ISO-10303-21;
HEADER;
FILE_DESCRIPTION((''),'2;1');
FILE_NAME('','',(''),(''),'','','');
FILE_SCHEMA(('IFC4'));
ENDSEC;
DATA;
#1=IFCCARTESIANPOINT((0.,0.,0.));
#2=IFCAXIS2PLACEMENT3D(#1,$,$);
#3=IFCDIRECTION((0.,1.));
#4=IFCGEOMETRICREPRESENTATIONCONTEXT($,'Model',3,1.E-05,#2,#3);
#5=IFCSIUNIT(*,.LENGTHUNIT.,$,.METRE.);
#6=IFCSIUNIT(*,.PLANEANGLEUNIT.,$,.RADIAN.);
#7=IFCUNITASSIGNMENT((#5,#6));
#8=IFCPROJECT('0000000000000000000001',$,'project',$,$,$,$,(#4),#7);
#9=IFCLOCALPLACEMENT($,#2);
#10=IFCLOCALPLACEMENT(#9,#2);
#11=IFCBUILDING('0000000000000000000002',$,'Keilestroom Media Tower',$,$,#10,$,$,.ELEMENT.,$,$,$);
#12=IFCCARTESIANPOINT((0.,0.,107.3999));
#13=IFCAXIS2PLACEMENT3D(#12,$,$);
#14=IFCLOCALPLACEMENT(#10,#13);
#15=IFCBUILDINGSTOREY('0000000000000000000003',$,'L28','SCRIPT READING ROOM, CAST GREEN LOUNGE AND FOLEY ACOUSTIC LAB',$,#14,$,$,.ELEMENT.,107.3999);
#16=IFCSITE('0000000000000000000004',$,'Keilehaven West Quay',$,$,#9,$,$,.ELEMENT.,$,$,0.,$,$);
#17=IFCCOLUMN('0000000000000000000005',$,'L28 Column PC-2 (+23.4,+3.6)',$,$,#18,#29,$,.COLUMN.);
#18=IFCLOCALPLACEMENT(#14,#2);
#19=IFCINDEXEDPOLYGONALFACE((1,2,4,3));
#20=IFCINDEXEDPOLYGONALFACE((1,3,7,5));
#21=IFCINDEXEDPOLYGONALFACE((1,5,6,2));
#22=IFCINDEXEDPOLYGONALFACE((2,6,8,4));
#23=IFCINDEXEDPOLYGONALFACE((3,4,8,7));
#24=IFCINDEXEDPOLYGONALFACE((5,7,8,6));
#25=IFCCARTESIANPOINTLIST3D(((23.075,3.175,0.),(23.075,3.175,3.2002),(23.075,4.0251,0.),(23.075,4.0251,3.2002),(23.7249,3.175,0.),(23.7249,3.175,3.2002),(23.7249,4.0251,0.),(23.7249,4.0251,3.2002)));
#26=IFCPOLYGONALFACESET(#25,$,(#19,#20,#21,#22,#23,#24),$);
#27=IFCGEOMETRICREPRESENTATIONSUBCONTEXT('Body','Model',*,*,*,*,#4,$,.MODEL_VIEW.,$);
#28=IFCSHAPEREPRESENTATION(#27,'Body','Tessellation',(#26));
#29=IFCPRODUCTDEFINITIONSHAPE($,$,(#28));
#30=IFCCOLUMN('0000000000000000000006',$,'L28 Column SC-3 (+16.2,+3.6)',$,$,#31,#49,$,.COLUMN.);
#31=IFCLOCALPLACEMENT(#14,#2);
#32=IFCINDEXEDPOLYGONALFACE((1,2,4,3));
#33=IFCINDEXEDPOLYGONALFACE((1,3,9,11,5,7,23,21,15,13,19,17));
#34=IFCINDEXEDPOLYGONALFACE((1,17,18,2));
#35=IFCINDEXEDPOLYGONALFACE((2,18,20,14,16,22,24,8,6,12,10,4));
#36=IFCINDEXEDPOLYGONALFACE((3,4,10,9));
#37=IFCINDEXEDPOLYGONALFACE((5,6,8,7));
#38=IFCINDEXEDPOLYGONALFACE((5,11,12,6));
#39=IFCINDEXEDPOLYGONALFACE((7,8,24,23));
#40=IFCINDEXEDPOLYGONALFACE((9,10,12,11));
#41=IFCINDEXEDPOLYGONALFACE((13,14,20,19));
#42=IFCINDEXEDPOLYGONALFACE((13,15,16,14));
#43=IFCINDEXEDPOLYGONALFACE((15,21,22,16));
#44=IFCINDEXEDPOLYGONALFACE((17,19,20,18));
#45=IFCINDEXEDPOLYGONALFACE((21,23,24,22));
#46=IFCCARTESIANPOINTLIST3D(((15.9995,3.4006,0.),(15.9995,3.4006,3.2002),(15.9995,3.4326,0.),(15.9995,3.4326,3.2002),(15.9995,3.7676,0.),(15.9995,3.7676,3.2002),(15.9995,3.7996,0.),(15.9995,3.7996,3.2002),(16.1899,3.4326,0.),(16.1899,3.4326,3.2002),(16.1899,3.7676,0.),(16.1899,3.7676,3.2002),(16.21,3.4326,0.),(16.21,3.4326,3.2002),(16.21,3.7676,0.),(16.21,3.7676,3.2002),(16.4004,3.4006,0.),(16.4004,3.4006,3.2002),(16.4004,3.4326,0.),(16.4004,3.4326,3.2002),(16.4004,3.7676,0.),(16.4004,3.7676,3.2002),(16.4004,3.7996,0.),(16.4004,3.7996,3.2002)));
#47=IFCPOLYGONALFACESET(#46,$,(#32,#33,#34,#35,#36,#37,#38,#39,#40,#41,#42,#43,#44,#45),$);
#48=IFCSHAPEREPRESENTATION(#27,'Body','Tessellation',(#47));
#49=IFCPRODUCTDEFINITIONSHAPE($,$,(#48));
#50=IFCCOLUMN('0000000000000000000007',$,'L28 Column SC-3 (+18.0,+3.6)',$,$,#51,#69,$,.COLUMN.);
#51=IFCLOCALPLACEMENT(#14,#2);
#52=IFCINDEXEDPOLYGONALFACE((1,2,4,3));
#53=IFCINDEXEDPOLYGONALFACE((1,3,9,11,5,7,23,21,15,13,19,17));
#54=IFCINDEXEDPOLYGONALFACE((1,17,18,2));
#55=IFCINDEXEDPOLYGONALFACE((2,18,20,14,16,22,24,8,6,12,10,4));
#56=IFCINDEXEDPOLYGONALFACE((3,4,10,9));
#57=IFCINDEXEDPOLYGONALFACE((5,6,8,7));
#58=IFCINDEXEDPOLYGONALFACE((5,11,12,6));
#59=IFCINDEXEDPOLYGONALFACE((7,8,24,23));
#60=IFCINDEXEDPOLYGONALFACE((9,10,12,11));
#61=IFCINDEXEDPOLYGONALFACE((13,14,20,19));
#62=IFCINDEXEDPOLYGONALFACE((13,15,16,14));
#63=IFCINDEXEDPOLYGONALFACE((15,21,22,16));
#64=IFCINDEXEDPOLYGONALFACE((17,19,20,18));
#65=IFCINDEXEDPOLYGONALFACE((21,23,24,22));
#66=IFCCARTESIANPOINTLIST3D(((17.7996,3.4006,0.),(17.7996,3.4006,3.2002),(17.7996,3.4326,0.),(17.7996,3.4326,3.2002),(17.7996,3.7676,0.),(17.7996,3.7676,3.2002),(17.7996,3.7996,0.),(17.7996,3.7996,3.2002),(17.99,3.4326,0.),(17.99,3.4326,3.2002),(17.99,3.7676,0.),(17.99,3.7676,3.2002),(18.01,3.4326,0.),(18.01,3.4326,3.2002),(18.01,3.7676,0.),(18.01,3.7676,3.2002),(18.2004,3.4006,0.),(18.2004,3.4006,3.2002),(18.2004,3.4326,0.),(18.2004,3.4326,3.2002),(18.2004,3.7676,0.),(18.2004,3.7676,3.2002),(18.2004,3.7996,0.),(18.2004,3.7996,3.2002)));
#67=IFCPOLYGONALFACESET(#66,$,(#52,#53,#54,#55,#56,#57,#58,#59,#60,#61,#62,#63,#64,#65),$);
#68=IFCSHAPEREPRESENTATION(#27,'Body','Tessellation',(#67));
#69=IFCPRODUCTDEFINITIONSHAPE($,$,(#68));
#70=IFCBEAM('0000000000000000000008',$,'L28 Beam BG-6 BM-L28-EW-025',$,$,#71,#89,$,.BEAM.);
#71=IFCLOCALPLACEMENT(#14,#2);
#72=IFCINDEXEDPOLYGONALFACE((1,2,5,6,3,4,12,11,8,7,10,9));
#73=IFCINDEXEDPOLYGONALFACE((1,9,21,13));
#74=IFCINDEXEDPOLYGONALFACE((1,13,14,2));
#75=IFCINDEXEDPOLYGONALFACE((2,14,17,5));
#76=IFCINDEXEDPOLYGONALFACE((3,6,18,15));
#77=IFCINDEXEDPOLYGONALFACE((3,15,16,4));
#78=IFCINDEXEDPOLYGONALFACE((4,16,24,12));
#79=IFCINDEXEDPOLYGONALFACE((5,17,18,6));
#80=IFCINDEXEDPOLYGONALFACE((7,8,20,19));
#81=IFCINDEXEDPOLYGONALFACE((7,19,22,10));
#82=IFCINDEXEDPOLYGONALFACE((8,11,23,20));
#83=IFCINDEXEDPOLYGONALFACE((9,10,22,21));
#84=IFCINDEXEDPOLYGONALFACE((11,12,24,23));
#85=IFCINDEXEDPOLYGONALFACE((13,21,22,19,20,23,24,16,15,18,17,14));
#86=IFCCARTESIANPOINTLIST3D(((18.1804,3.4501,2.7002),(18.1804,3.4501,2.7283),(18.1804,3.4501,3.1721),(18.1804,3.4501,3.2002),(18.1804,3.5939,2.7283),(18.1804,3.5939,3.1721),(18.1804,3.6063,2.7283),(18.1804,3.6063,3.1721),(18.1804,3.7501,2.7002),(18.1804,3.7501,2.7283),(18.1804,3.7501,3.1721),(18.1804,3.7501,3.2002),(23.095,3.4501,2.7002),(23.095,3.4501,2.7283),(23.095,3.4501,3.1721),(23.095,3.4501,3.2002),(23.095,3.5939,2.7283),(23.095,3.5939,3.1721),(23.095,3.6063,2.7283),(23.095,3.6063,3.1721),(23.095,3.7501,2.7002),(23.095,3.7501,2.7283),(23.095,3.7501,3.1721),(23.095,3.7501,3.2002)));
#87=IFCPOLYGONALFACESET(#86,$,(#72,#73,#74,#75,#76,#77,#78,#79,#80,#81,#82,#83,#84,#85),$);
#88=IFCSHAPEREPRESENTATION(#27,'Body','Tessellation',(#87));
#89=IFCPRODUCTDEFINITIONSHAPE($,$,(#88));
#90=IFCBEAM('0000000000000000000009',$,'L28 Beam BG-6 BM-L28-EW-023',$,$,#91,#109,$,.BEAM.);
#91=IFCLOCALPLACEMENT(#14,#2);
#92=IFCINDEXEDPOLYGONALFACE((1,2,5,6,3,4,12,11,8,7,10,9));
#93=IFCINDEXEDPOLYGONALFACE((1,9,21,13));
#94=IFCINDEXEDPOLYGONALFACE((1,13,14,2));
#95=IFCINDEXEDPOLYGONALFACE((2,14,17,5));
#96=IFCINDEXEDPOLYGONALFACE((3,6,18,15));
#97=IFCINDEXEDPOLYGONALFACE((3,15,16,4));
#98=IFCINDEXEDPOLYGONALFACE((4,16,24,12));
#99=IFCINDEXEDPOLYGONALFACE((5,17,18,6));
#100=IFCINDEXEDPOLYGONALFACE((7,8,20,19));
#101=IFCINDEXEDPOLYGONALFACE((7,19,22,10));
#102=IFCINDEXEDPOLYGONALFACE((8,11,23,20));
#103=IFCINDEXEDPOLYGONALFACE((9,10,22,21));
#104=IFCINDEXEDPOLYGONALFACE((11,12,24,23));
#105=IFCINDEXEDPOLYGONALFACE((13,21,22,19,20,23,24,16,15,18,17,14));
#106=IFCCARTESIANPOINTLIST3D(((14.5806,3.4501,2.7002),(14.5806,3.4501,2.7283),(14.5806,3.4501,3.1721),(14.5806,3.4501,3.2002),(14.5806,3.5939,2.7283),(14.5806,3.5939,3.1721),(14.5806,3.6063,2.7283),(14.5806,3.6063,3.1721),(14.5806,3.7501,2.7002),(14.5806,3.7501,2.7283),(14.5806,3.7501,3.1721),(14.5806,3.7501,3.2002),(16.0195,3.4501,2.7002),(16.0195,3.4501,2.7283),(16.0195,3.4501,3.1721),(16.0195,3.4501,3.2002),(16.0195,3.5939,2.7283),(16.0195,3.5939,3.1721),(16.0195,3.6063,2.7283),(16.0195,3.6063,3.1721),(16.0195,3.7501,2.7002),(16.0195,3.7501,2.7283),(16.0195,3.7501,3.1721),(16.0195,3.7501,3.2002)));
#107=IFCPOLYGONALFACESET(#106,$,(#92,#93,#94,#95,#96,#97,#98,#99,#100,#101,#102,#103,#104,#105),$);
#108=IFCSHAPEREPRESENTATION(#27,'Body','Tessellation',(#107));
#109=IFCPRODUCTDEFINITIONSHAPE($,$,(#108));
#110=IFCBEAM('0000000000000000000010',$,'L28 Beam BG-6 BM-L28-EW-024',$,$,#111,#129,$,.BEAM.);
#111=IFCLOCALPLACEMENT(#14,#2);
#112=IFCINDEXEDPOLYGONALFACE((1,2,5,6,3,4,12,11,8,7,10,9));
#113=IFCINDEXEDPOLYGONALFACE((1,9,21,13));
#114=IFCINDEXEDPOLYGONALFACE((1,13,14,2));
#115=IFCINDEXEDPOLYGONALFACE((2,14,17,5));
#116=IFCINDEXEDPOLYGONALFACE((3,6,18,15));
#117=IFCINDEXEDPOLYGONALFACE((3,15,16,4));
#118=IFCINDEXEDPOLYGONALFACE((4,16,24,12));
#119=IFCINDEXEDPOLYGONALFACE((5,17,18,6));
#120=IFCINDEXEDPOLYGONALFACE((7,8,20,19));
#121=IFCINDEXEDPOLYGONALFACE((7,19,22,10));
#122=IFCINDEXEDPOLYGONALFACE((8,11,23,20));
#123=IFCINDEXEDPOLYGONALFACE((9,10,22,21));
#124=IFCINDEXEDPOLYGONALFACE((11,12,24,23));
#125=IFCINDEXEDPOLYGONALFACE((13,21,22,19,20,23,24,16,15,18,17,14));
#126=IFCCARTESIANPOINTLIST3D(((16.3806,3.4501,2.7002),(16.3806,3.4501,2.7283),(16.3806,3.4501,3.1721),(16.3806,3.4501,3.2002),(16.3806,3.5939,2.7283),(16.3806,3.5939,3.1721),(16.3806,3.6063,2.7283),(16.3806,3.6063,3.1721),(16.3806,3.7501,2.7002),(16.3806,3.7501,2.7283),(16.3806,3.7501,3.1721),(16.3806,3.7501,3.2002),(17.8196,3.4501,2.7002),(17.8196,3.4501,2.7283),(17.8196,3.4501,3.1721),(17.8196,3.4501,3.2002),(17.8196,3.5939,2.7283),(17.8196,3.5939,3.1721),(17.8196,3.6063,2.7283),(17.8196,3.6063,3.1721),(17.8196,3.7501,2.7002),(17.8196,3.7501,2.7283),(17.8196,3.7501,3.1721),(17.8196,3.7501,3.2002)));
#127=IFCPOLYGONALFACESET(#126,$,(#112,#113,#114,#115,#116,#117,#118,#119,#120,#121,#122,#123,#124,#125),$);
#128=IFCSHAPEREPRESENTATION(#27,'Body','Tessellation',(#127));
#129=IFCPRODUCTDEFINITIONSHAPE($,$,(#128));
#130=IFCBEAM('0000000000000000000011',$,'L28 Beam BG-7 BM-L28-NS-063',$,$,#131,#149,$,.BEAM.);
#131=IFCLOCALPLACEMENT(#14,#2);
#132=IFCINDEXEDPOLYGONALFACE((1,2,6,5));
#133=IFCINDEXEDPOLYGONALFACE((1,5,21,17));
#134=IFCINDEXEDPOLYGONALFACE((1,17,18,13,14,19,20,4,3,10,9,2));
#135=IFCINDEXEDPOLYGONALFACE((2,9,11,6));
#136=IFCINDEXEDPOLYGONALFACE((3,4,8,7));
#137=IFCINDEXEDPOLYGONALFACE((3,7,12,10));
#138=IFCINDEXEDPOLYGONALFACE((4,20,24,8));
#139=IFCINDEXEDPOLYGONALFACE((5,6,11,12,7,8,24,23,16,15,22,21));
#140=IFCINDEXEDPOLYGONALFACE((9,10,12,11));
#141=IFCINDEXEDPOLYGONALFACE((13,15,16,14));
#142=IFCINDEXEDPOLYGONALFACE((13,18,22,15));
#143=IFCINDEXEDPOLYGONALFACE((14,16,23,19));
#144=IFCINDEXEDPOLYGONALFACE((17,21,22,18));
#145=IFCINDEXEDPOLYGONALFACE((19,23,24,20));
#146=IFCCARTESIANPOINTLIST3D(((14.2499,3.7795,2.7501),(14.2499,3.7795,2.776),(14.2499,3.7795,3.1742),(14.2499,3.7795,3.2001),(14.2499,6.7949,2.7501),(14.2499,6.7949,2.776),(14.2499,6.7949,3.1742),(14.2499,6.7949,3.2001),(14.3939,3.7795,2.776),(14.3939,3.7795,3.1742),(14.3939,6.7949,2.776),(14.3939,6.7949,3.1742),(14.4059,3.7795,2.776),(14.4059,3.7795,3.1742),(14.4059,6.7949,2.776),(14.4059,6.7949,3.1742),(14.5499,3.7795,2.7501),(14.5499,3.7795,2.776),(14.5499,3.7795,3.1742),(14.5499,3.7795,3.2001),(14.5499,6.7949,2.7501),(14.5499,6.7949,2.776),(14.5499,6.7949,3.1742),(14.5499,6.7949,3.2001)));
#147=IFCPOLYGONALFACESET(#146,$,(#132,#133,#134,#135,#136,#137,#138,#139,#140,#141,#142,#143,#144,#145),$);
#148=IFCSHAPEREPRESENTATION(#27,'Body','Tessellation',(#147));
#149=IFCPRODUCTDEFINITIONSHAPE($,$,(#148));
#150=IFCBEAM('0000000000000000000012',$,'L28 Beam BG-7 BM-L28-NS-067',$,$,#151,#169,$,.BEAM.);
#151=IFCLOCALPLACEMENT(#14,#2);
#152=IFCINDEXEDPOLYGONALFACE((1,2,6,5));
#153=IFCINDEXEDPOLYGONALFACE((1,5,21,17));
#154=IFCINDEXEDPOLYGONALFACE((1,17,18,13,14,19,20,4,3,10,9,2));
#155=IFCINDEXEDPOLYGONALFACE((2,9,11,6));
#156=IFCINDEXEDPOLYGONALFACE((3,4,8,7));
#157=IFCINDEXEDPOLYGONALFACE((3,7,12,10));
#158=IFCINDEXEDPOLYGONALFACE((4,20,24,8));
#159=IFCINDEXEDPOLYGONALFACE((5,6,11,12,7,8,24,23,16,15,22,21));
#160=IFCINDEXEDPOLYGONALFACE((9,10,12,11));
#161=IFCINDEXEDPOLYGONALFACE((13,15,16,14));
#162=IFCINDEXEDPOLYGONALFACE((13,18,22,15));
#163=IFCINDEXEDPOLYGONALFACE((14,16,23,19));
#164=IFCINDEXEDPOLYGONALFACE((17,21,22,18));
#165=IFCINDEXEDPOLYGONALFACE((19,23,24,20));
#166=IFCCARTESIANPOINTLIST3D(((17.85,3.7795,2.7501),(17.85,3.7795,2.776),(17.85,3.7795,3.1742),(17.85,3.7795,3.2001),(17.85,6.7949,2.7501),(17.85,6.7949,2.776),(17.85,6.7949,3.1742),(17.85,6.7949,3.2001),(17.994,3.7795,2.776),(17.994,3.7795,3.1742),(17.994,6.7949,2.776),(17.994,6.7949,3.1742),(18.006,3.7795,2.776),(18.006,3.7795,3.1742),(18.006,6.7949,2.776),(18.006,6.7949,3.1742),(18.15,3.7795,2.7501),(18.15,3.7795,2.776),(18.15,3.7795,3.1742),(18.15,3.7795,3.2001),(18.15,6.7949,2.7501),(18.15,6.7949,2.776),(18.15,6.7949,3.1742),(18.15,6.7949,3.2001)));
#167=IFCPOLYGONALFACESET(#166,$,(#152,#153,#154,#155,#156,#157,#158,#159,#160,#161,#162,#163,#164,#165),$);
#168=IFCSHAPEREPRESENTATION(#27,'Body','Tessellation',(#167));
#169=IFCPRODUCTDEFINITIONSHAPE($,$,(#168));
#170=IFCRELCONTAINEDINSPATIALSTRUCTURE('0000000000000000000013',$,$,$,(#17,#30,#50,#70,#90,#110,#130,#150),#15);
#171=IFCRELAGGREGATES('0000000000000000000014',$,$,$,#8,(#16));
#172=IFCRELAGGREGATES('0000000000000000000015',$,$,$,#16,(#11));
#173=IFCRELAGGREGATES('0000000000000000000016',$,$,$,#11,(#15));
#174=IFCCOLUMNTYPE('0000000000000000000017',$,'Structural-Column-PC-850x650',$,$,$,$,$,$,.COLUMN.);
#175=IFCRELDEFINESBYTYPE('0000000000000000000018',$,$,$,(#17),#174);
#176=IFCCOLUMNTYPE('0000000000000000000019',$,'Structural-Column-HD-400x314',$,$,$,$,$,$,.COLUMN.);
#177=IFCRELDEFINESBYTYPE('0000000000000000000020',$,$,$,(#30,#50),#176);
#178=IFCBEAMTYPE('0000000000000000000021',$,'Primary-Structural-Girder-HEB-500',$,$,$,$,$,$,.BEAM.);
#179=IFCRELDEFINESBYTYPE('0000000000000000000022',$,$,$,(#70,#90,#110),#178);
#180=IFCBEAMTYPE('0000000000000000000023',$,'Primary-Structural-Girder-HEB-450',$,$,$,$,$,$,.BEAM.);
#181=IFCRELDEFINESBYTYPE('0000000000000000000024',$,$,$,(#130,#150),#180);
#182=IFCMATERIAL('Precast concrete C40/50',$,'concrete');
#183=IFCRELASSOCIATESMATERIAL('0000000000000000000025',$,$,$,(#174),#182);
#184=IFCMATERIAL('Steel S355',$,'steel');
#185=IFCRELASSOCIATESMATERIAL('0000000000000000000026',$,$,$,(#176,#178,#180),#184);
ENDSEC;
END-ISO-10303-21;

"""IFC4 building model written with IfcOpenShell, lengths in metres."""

from ifc_helpers import new_model, si_unit, direction, frame, origin, origin_2d, place, context, subcontext, project, spatial, rectangle, i_section, extrude, source, transform, mapped, material, material_profile, profile_set, type_object, element, save


model = new_model("IFC4")

# Units and contexts
model_context = context("Model", 3, precision=1e-05, world=origin(), true_north=direction((0.0, 1.0)))
body_context = subcontext(model_context, "Body", "Model", "MODEL_VIEW")
ifc_project = project(units=[si_unit("LENGTHUNIT", "METRE"), si_unit("PLANEANGLEUNIT", "RADIAN")], contexts=[model_context])

# Site, building, storey
site_placement = place(None, origin())
site = spatial("IfcSite", under=ifc_project, at=site_placement, Name="Keilehaven West Quay", CompositionType="ELEMENT", RefElevation=0.0)
building_placement = place(site_placement, origin())
building = spatial("IfcBuilding", under=site, at=building_placement, Name="Keilestroom Media Tower", CompositionType="ELEMENT")
storey_placement = place(building_placement, frame((0.0, 0.0, 107.3999)))
storey = spatial("IfcBuildingStorey", under=building, at=storey_placement, Name="L28", Description="SCRIPT READING ROOM, CAST GREEN LOUNGE AND FOLEY ACOUSTIC LAB", CompositionType="ELEMENT", Elevation=107.3999)

# Columns
ifc_material_1 = material(Name="Precast concrete C40/50", Category="concrete")
ifc_material_profile_1 = material_profile(ifc_material_1, rectangle(XDim=0.6499, YDim=0.8501, at=origin_2d()), Name="PC 850x650")
ifc_profile_set_1 = profile_set([ifc_material_profile_1], Name="Precast concrete C40/50")
column_type_1 = type_object("IfcColumnType", Name="Structural-Column-PC-850x650", PredefinedType="COLUMN", material=ifc_profile_set_1)
shared_shape_1 = source(origin(), body_context, "Body", "SweptSolid", [
    extrude(rectangle(XDim=0.6499, YDim=0.8501, at=origin_2d()), origin(), (0.0, 0.0, 1.0), 3.2002),
])
column_placement = place(storey_placement, frame((23.3999, 3.6001, 0.0), z_axis=(0.0, 0.0, 1.0), x_axis=(1.0, 0.0, 0.0)))
element("IfcColumn", 1, at=column_placement, inside=storey, type_object=column_type_1, Name="L28 Column PC-2 (+23.4,+3.6)", PredefinedType="COLUMN", context=body_context, shape_type="MappedRepresentation", body=[
    mapped(shared_shape_1, transform((0.0, 0.0, 0.0), x_axis=(1.0, 0.0, 0.0), y_axis=(0.0, 1.0, 0.0), z_axis=(0.0, 0.0, 1.0), scale=1.0)),
])
ifc_material_2 = material(Name="Steel S355", Category="steel")
ifc_material_profile_2 = material_profile(ifc_material_2, i_section(OverallWidth=0.4009, OverallDepth=0.3989, WebThickness=0.02, FlangeThickness=0.032, at=origin_2d()), Name="HD 400x314")
ifc_profile_set_2 = profile_set([ifc_material_profile_2], Name="Steel S355")
column_type_2 = type_object("IfcColumnType", Name="Structural-Column-HD-400x314", PredefinedType="COLUMN", material=ifc_profile_set_2)
shared_shape_2 = source(origin(), body_context, "Body", "SweptSolid", [
    extrude(i_section(OverallWidth=0.4009, OverallDepth=0.3989, WebThickness=0.02, FlangeThickness=0.032, at=origin_2d()), origin(), (0.0, 0.0, 1.0), 3.2002),
])
for number, where, z_axis, x_axis, name in (
    (2, (16.2, 3.6001, 0.0), (0.0, 0.0, 1.0), (1.0, 0.0, 0.0), "L28 Column SC-3 (+16.2,+3.6)"),
    (3, (18.0, 3.6001, 0.0), (0.0, 0.0, 1.0), (1.0, 0.0, 0.0), "L28 Column SC-3 (+18.0,+3.6)"),
):
    element("IfcColumn", number, at=place(storey_placement, frame(where, z_axis=z_axis, x_axis=x_axis)), inside=storey, type_object=column_type_2, Name=name, PredefinedType="COLUMN", context=body_context, shape_type="MappedRepresentation", body=[
        mapped(shared_shape_2, transform((0.0, 0.0, 0.0), x_axis=(1.0, 0.0, 0.0), y_axis=(0.0, 1.0, 0.0), z_axis=(0.0, 0.0, 1.0), scale=1.0)),
    ])

# Beams
ifc_material_profile_3 = material_profile(ifc_material_2, i_section(OverallWidth=0.3, OverallDepth=0.5, WebThickness=0.0125, FlangeThickness=0.0281, at=origin_2d()), Name="HEB 500")
ifc_profile_set_3 = profile_set([ifc_material_profile_3], Name="Steel S355")
beam_type_1 = type_object("IfcBeamType", Name="Primary-Structural-Girder-HEB-500", PredefinedType="BEAM", material=ifc_profile_set_3)
shared_shape_3 = source(origin(), body_context, "Body", "SweptSolid", [
    extrude(i_section(OverallWidth=0.3, OverallDepth=0.5, WebThickness=0.0125, FlangeThickness=0.0281, at=origin_2d()), origin(), (0.0, 0.0, 1.0), 4.9146),
])
beam_placement = place(storey_placement, frame((18.1804, 3.6001, 2.9502), z_axis=(1.0, 0.0, 0.0), x_axis=(0.0, 1.0, 0.0)))
element("IfcBeam", 4, at=beam_placement, inside=storey, type_object=beam_type_1, Name="L28 Beam BG-6 BM-L28-EW-025", PredefinedType="BEAM", context=body_context, shape_type="MappedRepresentation", body=[
    mapped(shared_shape_3, transform((0.0, 0.0, 0.0), x_axis=(1.0, 0.0, 0.0), y_axis=(0.0, 1.0, 0.0), z_axis=(0.0, 0.0, 1.0), scale=1.0)),
])
shared_shape_4 = source(origin(), body_context, "Body", "SweptSolid", [
    extrude(i_section(OverallWidth=0.3, OverallDepth=0.5, WebThickness=0.0125, FlangeThickness=0.0281, at=origin_2d()), origin(), (0.0, 0.0, 1.0), 1.439),
])
for number, where, z_axis, x_axis, name in (
    (5, (14.5806, 3.6001, 2.9502), (1.0, 0.0, 0.0), (0.0, 1.0, 0.0), "L28 Beam BG-6 BM-L28-EW-023"),
    (6, (16.3806, 3.6001, 2.9502), (1.0, 0.0, 0.0), (0.0, 1.0, 0.0), "L28 Beam BG-6 BM-L28-EW-024"),
):
    element("IfcBeam", number, at=place(storey_placement, frame(where, z_axis=z_axis, x_axis=x_axis)), inside=storey, type_object=beam_type_1, Name=name, PredefinedType="BEAM", context=body_context, shape_type="MappedRepresentation", body=[
        mapped(shared_shape_4, transform((0.0, 0.0, 0.0), x_axis=(1.0, 0.0, 0.0), y_axis=(0.0, 1.0, 0.0), z_axis=(0.0, 0.0, 1.0), scale=1.0)),
    ])
ifc_material_profile_4 = material_profile(ifc_material_2, i_section(OverallWidth=0.3, OverallDepth=0.45, WebThickness=0.012, FlangeThickness=0.0259, at=origin_2d()), Name="HEB 450")
ifc_profile_set_4 = profile_set([ifc_material_profile_4], Name="Steel S355")
beam_type_2 = type_object("IfcBeamType", Name="Primary-Structural-Girder-HEB-450", PredefinedType="BEAM", material=ifc_profile_set_4)
shared_shape_5 = source(origin(), body_context, "Body", "SweptSolid", [
    extrude(i_section(OverallWidth=0.3, OverallDepth=0.45, WebThickness=0.012, FlangeThickness=0.0259, at=origin_2d()), origin(), (0.0, 0.0, 1.0), 3.0154),
])
for number, where, z_axis, x_axis, name in (
    (7, (14.3999, 3.7795, 2.9751), (0.0, 1.0, 0.0), (-1.0, 0.0, 0.0), "L28 Beam BG-7 BM-L28-NS-063"),
    (8, (18.0, 3.7795, 2.9751), (0.0, 1.0, 0.0), (-1.0, 0.0, 0.0), "L28 Beam BG-7 BM-L28-NS-067"),
):
    element("IfcBeam", number, at=place(storey_placement, frame(where, z_axis=z_axis, x_axis=x_axis)), inside=storey, type_object=beam_type_2, Name=name, PredefinedType="BEAM", context=body_context, shape_type="MappedRepresentation", body=[
        mapped(shared_shape_5, transform((0.0, 0.0, 0.0), x_axis=(1.0, 0.0, 0.0), y_axis=(0.0, 1.0, 0.0), z_axis=(0.0, 0.0, 1.0), scale=1.0)),
    ])

save(model, "model.ifc")
